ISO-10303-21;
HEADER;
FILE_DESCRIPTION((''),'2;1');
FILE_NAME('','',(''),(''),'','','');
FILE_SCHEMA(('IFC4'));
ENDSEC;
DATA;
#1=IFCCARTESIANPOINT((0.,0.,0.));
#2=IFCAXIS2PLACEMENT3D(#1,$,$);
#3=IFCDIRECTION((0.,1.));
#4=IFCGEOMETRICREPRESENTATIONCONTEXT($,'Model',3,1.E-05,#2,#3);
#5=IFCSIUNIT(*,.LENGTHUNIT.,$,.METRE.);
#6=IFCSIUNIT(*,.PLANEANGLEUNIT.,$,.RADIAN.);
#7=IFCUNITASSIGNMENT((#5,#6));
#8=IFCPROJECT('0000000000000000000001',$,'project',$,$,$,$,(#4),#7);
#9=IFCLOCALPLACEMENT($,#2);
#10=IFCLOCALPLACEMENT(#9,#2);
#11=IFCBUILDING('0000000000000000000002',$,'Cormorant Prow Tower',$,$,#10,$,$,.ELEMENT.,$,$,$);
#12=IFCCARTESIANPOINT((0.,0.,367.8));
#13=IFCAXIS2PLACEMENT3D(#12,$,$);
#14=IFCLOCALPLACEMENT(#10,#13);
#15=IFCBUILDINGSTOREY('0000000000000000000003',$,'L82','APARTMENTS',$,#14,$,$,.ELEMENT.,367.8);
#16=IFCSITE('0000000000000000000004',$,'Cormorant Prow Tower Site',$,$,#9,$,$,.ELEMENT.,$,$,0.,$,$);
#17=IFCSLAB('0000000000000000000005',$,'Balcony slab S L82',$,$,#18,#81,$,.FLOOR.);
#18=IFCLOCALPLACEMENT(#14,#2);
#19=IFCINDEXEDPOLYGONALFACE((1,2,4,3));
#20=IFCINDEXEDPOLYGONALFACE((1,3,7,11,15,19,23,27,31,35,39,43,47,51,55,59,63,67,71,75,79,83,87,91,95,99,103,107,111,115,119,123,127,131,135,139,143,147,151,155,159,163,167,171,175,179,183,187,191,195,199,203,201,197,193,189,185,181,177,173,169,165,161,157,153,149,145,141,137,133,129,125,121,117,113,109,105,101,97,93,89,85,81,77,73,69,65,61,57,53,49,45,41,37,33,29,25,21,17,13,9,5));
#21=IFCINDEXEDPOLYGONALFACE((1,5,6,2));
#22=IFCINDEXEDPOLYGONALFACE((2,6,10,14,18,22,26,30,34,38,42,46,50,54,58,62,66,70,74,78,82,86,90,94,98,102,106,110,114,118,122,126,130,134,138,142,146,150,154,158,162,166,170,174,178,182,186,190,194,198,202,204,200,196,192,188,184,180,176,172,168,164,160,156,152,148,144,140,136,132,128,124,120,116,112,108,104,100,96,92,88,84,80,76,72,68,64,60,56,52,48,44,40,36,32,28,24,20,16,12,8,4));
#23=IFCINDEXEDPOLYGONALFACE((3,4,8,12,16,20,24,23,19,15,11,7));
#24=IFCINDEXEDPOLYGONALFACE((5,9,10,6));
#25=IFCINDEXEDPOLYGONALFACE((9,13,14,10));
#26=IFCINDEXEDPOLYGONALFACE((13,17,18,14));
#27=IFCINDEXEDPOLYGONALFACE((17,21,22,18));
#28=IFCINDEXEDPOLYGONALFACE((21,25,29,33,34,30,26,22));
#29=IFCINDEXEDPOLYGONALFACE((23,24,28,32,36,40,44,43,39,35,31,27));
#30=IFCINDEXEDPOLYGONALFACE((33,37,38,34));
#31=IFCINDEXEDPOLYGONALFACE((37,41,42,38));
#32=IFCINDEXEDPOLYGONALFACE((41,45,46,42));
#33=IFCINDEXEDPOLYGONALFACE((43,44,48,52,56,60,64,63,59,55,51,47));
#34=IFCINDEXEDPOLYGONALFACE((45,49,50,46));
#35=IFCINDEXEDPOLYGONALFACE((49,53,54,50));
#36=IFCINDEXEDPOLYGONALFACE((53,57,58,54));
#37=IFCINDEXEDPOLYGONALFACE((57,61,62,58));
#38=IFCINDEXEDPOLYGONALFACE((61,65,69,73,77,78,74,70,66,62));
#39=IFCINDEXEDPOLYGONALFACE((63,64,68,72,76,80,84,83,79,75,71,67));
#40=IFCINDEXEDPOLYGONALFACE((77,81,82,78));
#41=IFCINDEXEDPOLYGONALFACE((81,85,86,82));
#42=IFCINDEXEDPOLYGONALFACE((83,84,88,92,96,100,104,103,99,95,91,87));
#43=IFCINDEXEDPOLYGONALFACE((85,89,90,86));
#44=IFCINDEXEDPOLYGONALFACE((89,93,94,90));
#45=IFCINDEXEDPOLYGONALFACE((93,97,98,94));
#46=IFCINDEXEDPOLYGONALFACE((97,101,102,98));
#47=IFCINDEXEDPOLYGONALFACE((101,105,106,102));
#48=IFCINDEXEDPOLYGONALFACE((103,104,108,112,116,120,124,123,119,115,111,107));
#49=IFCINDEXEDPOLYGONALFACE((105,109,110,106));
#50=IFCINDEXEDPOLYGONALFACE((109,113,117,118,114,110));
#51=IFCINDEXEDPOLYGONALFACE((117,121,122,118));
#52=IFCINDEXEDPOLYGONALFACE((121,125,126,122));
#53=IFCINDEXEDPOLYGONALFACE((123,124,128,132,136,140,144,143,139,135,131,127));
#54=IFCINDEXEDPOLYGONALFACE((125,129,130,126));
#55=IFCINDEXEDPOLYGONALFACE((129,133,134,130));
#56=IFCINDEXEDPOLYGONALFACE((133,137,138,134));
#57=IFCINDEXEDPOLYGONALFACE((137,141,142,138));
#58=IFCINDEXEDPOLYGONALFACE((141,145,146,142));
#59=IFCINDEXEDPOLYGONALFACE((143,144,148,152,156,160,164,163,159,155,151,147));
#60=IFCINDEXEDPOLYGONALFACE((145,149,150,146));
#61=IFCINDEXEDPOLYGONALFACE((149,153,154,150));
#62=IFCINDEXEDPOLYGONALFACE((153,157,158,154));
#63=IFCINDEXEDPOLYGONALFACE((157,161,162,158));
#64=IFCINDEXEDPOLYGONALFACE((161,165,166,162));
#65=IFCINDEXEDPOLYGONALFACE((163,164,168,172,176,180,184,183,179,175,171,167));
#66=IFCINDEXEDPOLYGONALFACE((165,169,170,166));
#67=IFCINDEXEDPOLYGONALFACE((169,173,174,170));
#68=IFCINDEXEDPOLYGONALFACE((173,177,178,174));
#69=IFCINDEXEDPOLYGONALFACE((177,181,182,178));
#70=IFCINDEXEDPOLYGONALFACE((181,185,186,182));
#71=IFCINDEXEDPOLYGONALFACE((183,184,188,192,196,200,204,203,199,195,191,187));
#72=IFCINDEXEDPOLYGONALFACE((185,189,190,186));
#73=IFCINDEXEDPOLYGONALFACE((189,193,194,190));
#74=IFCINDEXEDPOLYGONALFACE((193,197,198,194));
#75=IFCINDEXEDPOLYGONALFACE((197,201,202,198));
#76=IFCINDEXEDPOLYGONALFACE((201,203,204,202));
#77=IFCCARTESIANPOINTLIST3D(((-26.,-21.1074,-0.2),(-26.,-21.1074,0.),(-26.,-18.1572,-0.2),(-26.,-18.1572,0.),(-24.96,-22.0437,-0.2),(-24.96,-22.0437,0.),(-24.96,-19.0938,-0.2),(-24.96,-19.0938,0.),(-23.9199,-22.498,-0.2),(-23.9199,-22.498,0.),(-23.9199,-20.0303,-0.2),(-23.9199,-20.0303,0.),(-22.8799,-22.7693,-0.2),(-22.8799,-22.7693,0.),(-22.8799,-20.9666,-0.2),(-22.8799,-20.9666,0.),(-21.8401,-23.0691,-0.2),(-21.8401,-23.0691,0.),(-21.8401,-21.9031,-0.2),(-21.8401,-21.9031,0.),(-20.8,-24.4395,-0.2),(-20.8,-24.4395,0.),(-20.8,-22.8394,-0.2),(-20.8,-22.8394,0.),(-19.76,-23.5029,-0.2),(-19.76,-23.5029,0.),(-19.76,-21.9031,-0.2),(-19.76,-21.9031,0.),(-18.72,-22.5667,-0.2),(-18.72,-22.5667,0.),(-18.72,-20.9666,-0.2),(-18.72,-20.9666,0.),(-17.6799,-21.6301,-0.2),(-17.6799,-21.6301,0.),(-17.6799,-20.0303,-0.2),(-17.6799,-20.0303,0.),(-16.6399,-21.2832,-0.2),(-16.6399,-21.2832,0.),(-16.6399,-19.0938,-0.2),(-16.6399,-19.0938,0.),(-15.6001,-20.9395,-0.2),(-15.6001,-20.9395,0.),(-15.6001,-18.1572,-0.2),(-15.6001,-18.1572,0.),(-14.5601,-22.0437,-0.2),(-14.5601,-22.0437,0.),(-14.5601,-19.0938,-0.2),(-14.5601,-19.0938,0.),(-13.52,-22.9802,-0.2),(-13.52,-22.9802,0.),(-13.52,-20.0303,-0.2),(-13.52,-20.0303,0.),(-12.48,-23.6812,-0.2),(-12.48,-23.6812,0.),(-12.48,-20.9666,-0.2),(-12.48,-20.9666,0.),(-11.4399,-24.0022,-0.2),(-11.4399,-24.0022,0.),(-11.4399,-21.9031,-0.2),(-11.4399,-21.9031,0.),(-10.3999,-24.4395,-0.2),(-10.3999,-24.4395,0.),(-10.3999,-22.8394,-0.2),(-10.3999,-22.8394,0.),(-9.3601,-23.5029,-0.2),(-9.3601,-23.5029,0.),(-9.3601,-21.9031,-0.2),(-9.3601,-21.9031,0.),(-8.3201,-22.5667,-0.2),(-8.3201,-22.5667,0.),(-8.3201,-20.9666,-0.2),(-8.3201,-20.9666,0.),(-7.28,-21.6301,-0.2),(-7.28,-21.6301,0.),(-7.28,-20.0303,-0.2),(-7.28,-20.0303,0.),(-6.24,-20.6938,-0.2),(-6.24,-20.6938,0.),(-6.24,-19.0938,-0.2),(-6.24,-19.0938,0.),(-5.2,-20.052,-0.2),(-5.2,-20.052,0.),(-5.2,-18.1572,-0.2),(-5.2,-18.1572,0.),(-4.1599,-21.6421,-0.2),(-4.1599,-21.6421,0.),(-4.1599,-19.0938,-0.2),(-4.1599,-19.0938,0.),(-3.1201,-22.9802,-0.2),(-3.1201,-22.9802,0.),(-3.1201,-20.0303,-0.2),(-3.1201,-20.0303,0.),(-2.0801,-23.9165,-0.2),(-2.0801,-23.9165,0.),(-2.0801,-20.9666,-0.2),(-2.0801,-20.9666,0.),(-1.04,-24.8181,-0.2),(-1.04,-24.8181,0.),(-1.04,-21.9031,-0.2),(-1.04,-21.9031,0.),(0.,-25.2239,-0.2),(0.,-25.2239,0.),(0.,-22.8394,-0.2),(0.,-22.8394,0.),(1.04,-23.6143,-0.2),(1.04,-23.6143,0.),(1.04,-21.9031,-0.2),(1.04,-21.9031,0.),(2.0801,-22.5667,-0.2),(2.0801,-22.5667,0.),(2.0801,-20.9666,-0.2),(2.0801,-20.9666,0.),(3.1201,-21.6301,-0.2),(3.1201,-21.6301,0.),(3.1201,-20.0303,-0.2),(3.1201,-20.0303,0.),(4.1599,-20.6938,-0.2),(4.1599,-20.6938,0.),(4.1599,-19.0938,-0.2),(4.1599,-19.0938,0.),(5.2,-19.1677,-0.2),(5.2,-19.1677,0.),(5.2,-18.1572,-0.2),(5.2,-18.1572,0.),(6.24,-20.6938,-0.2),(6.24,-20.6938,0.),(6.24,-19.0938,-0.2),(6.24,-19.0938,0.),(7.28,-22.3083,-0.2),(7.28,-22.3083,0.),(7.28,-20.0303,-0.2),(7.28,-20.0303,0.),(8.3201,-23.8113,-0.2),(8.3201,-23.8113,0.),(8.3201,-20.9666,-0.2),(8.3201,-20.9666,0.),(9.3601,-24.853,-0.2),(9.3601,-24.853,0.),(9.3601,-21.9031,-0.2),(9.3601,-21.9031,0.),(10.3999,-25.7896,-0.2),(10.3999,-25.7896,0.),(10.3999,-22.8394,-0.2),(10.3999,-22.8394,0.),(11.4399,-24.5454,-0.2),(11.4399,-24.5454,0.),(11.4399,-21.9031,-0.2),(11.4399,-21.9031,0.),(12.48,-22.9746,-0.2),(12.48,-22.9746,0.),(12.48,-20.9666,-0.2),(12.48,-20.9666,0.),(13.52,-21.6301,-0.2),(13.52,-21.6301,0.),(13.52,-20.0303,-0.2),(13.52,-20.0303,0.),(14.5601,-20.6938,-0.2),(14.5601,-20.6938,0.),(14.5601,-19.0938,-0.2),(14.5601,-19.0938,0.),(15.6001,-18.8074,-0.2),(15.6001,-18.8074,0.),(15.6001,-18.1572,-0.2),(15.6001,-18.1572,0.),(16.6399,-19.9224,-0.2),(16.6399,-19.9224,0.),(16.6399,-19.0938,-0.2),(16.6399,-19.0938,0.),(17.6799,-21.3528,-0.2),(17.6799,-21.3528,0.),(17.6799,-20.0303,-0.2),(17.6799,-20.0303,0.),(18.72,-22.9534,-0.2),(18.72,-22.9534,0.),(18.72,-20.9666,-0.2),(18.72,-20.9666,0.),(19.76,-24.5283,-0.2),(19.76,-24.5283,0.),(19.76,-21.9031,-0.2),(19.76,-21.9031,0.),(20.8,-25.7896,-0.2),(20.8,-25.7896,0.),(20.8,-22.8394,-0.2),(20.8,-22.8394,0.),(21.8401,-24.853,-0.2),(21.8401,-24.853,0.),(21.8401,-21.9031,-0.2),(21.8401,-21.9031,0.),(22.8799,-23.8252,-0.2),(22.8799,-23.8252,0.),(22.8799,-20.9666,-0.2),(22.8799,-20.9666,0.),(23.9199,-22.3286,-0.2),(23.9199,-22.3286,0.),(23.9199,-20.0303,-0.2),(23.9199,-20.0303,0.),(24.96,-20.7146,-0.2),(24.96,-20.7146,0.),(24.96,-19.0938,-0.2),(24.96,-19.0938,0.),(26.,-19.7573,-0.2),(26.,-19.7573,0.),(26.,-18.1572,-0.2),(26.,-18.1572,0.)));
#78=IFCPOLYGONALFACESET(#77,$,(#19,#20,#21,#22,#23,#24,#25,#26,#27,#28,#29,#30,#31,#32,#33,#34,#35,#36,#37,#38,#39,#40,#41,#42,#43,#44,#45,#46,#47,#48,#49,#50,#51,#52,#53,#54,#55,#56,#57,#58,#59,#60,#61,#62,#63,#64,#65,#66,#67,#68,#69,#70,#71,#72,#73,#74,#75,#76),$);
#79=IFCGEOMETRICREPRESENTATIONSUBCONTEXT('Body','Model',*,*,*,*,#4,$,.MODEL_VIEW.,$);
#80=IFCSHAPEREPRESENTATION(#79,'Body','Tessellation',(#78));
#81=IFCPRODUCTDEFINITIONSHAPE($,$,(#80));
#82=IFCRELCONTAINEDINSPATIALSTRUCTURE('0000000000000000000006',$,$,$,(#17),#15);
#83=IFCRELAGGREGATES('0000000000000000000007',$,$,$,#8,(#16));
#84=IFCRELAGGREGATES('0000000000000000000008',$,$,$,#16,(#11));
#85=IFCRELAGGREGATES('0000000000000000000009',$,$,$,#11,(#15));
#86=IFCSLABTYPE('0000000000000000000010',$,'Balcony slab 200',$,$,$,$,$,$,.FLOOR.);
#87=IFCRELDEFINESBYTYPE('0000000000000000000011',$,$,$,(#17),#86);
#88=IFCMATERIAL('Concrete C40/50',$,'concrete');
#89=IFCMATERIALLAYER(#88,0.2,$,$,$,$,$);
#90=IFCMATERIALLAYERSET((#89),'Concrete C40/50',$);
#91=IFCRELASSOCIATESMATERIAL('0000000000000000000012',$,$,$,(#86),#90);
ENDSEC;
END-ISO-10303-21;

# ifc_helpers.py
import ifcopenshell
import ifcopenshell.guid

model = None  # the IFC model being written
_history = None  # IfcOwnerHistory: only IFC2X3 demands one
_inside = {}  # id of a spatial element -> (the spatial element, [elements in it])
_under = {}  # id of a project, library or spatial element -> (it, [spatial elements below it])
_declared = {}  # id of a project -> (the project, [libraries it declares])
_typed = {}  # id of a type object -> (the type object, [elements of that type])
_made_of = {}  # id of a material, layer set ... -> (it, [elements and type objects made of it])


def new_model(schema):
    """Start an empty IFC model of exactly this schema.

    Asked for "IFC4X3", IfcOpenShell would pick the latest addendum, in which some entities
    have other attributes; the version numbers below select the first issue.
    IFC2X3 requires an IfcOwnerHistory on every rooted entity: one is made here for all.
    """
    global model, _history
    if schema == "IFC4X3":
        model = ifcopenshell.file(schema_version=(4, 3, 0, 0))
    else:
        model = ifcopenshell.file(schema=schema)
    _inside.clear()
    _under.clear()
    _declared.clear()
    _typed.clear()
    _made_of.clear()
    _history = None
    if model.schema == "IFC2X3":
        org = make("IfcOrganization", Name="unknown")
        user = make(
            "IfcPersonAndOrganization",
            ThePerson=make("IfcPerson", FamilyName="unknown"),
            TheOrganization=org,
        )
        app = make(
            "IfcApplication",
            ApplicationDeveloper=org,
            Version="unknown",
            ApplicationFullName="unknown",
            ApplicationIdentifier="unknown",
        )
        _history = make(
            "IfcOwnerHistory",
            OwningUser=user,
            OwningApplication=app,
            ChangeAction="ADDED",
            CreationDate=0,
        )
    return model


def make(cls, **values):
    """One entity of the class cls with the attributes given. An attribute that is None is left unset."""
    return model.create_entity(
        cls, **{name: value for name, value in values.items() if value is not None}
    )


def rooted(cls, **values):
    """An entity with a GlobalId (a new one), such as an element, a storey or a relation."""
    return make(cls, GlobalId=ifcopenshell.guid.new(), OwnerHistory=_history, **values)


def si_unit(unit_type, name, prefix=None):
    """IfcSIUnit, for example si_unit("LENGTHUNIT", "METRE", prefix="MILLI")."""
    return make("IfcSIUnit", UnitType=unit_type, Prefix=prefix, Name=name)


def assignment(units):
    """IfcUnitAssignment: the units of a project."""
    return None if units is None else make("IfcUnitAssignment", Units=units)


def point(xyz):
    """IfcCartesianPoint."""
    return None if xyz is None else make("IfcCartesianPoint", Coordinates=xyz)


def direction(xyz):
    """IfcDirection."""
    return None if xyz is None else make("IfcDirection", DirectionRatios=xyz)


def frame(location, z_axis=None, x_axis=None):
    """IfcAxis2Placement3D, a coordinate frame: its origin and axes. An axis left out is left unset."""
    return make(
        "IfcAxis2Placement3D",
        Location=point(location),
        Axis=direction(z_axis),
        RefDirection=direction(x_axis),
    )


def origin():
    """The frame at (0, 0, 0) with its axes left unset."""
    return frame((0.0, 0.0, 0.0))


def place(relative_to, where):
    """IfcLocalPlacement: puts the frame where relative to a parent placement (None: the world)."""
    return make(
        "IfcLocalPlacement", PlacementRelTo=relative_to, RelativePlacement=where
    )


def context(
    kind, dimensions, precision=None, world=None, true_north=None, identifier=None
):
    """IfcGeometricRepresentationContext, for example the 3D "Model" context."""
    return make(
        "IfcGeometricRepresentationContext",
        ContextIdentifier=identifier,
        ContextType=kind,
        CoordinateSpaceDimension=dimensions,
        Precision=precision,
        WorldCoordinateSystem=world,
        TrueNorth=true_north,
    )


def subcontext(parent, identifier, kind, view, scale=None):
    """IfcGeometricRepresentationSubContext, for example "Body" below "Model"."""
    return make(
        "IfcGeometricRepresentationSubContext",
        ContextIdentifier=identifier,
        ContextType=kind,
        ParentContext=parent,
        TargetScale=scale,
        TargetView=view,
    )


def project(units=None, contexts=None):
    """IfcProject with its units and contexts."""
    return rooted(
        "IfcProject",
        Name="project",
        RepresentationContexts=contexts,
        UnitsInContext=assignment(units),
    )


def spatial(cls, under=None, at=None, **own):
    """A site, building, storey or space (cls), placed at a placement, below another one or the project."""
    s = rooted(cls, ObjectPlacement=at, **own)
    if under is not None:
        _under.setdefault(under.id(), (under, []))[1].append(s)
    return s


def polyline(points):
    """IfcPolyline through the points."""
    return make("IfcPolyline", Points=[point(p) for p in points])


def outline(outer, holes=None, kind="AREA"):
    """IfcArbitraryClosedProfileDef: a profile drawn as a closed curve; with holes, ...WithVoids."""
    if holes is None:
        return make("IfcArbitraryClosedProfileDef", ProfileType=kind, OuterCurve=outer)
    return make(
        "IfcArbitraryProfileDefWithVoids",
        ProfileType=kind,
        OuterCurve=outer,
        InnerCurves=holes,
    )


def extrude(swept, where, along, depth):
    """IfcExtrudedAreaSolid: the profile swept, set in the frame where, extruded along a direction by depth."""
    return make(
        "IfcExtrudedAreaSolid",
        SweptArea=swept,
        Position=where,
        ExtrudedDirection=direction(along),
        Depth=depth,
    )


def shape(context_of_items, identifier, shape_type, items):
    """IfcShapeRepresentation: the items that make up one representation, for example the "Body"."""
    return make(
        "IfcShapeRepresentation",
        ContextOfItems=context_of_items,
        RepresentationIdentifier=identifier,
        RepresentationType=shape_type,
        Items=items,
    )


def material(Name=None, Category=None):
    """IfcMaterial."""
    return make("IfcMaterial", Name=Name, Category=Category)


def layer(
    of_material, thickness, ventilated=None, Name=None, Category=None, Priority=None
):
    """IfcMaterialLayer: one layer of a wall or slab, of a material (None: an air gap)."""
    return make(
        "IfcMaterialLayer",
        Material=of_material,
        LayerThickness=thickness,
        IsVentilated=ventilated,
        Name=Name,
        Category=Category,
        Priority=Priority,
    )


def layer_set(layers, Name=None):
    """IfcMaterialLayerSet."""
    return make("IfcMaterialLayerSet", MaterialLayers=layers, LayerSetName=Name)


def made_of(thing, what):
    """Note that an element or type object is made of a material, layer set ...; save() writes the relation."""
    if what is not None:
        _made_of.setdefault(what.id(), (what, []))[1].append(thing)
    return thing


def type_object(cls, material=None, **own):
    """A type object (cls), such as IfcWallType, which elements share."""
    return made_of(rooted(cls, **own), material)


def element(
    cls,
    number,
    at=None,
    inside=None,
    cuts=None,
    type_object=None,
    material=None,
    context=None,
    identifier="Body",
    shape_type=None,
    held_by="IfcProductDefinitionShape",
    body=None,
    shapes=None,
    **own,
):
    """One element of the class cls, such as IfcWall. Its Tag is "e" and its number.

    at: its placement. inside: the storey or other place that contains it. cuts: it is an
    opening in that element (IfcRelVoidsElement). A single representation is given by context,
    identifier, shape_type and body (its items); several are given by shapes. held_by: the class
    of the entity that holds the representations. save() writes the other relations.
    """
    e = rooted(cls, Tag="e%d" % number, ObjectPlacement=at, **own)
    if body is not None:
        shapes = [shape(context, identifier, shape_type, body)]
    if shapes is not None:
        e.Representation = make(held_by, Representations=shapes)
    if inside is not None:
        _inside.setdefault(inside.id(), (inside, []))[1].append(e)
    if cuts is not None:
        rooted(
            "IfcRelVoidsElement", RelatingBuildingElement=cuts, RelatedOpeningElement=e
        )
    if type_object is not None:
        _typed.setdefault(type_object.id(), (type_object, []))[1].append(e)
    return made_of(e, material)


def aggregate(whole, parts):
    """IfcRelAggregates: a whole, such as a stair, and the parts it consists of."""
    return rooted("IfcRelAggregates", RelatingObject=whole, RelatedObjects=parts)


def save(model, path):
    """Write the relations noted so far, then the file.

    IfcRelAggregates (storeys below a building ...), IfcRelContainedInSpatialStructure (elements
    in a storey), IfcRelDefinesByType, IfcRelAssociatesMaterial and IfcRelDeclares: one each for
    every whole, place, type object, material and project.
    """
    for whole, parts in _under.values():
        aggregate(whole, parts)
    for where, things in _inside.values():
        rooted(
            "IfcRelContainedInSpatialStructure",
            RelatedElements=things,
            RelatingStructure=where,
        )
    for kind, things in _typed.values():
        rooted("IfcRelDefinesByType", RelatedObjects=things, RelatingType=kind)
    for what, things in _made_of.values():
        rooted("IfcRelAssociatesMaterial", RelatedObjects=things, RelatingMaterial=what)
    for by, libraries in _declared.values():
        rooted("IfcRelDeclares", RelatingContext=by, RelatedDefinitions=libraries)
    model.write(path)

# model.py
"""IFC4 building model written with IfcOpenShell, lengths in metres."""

from ifc_helpers import new_model, si_unit, direction, frame, origin, place, context, subcontext, project, spatial, polyline, outline, extrude, material, layer, layer_set, type_object, element, save


model = new_model("IFC4")

# Units and contexts
model_context = context("Model", 3, precision=1e-05, world=origin(), true_north=direction((0.0, 1.0)))
body_context = subcontext(model_context, "Body", "Model", "MODEL_VIEW")
ifc_project = project(units=[si_unit("LENGTHUNIT", "METRE"), si_unit("PLANEANGLEUNIT", "RADIAN")], contexts=[model_context])

# Site, building, storey
site_placement = place(None, origin())
site = spatial("IfcSite", under=ifc_project, at=site_placement, Name="Cormorant Prow Tower Site", CompositionType="ELEMENT", RefElevation=0.0)
building_placement = place(site_placement, origin())
building = spatial("IfcBuilding", under=site, at=building_placement, Name="Cormorant Prow Tower", CompositionType="ELEMENT")
storey_placement = place(building_placement, frame((0.0, 0.0, 367.8)))
storey = spatial("IfcBuildingStorey", under=building, at=storey_placement, Name="L82", Description="APARTMENTS", CompositionType="ELEMENT", Elevation=367.8)

# Slab
ifc_material_1 = material(Name="Concrete C40/50", Category="concrete")
ifc_layer_1 = layer(ifc_material_1, 0.2)
ifc_layer_set_1 = layer_set([ifc_layer_1], Name="Concrete C40/50")
slab_type_1 = type_object("IfcSlabType", Name="Balcony slab 200", PredefinedType="FLOOR", material=ifc_layer_set_1)
slab_1_placement = place(storey_placement, frame((0.0, 0.0, -0.2)))
element("IfcSlab", 1, at=slab_1_placement, inside=storey, type_object=slab_type_1, Name="Balcony slab S L82", PredefinedType="FLOOR", context=body_context, shape_type="SweptSolid", body=[
    extrude(outline(polyline([(-26.0, -18.1572), (-26.0, -21.1074), (-24.96, -22.0437), (-23.9199, -22.498), (-22.8799, -22.7693), (-21.8401, -23.0691), (-20.8, -24.4395), (-19.76, -23.5029), (-18.72, -22.5667), (-17.6799, -21.6301), (-16.6399, -21.2832), (-15.6001, -20.9395), (-14.5601, -22.0437), (-13.52, -22.9802), (-12.48, -23.6812), (-11.4399, -24.0022), (-10.3999, -24.4395), (-9.3601, -23.5029), (-8.3201, -22.5667), (-7.28, -21.6301), (-6.24, -20.6938), (-5.2, -20.052), (-4.1599, -21.6421), (-3.1201, -22.9802), (-2.0801, -23.9165), (-1.04, -24.8181), (0.0, -25.2239), (1.04, -23.6143), (2.0801, -22.5667), (3.1201, -21.6301), (4.1599, -20.6938), (5.2, -19.1677), (6.24, -20.6938), (7.28, -22.3083), (8.3201, -23.8113), (9.3601, -24.853), (10.3999, -25.7896), (11.4399, -24.5454), (12.48, -22.9746), (13.52, -21.6301), (14.5601, -20.6938), (15.6001, -18.8074), (16.6399, -19.9224), (17.6799, -21.3528), (18.72, -22.9534), (19.76, -24.5283), (20.8, -25.7896), (21.8401, -24.853), (22.8799, -23.8252), (23.9199, -22.3286), (24.96, -20.7146), (26.0, -19.7573), (26.0, -18.1572), (24.96, -19.0938), (23.9199, -20.0303), (22.8799, -20.9666), (21.8401, -21.9031), (20.8, -22.8394), (19.76, -21.9031), (18.72, -20.9666), (17.6799, -20.0303), (16.6399, -19.0938), (15.6001, -18.1572), (14.5601, -19.0938), (13.52, -20.0303), (12.48, -20.9666), (11.4399, -21.9031), (10.3999, -22.8394), (9.3601, -21.9031), (8.3201, -20.9666), (7.28, -20.0303), (6.24, -19.0938), (5.2, -18.1572), (4.1599, -19.0938), (3.1201, -20.0303), (2.0801, -20.9666), (1.04, -21.9031), (0.0, -22.8394), (-1.04, -21.9031), (-2.0801, -20.9666), (-3.1201, -20.0303), (-4.1599, -19.0938), (-5.2, -18.1572), (-6.24, -19.0938), (-7.28, -20.0303), (-8.3201, -20.9666), (-9.3601, -21.9031), (-10.3999, -22.8394), (-11.4399, -21.9031), (-12.48, -20.9666), (-13.52, -20.0303), (-14.5601, -19.0938), (-15.6001, -18.1572), (-16.6399, -19.0938), (-17.6799, -20.0303), (-18.72, -20.9666), (-19.76, -21.9031), (-20.8, -22.8394), (-21.8401, -21.9031), (-22.8799, -20.9666), (-23.9199, -20.0303), (-24.96, -19.0938), (-26.0, -18.1572)])), origin(), (0.0, 0.0, 1.0), 0.2),
])

save(model, "model.ifc")
